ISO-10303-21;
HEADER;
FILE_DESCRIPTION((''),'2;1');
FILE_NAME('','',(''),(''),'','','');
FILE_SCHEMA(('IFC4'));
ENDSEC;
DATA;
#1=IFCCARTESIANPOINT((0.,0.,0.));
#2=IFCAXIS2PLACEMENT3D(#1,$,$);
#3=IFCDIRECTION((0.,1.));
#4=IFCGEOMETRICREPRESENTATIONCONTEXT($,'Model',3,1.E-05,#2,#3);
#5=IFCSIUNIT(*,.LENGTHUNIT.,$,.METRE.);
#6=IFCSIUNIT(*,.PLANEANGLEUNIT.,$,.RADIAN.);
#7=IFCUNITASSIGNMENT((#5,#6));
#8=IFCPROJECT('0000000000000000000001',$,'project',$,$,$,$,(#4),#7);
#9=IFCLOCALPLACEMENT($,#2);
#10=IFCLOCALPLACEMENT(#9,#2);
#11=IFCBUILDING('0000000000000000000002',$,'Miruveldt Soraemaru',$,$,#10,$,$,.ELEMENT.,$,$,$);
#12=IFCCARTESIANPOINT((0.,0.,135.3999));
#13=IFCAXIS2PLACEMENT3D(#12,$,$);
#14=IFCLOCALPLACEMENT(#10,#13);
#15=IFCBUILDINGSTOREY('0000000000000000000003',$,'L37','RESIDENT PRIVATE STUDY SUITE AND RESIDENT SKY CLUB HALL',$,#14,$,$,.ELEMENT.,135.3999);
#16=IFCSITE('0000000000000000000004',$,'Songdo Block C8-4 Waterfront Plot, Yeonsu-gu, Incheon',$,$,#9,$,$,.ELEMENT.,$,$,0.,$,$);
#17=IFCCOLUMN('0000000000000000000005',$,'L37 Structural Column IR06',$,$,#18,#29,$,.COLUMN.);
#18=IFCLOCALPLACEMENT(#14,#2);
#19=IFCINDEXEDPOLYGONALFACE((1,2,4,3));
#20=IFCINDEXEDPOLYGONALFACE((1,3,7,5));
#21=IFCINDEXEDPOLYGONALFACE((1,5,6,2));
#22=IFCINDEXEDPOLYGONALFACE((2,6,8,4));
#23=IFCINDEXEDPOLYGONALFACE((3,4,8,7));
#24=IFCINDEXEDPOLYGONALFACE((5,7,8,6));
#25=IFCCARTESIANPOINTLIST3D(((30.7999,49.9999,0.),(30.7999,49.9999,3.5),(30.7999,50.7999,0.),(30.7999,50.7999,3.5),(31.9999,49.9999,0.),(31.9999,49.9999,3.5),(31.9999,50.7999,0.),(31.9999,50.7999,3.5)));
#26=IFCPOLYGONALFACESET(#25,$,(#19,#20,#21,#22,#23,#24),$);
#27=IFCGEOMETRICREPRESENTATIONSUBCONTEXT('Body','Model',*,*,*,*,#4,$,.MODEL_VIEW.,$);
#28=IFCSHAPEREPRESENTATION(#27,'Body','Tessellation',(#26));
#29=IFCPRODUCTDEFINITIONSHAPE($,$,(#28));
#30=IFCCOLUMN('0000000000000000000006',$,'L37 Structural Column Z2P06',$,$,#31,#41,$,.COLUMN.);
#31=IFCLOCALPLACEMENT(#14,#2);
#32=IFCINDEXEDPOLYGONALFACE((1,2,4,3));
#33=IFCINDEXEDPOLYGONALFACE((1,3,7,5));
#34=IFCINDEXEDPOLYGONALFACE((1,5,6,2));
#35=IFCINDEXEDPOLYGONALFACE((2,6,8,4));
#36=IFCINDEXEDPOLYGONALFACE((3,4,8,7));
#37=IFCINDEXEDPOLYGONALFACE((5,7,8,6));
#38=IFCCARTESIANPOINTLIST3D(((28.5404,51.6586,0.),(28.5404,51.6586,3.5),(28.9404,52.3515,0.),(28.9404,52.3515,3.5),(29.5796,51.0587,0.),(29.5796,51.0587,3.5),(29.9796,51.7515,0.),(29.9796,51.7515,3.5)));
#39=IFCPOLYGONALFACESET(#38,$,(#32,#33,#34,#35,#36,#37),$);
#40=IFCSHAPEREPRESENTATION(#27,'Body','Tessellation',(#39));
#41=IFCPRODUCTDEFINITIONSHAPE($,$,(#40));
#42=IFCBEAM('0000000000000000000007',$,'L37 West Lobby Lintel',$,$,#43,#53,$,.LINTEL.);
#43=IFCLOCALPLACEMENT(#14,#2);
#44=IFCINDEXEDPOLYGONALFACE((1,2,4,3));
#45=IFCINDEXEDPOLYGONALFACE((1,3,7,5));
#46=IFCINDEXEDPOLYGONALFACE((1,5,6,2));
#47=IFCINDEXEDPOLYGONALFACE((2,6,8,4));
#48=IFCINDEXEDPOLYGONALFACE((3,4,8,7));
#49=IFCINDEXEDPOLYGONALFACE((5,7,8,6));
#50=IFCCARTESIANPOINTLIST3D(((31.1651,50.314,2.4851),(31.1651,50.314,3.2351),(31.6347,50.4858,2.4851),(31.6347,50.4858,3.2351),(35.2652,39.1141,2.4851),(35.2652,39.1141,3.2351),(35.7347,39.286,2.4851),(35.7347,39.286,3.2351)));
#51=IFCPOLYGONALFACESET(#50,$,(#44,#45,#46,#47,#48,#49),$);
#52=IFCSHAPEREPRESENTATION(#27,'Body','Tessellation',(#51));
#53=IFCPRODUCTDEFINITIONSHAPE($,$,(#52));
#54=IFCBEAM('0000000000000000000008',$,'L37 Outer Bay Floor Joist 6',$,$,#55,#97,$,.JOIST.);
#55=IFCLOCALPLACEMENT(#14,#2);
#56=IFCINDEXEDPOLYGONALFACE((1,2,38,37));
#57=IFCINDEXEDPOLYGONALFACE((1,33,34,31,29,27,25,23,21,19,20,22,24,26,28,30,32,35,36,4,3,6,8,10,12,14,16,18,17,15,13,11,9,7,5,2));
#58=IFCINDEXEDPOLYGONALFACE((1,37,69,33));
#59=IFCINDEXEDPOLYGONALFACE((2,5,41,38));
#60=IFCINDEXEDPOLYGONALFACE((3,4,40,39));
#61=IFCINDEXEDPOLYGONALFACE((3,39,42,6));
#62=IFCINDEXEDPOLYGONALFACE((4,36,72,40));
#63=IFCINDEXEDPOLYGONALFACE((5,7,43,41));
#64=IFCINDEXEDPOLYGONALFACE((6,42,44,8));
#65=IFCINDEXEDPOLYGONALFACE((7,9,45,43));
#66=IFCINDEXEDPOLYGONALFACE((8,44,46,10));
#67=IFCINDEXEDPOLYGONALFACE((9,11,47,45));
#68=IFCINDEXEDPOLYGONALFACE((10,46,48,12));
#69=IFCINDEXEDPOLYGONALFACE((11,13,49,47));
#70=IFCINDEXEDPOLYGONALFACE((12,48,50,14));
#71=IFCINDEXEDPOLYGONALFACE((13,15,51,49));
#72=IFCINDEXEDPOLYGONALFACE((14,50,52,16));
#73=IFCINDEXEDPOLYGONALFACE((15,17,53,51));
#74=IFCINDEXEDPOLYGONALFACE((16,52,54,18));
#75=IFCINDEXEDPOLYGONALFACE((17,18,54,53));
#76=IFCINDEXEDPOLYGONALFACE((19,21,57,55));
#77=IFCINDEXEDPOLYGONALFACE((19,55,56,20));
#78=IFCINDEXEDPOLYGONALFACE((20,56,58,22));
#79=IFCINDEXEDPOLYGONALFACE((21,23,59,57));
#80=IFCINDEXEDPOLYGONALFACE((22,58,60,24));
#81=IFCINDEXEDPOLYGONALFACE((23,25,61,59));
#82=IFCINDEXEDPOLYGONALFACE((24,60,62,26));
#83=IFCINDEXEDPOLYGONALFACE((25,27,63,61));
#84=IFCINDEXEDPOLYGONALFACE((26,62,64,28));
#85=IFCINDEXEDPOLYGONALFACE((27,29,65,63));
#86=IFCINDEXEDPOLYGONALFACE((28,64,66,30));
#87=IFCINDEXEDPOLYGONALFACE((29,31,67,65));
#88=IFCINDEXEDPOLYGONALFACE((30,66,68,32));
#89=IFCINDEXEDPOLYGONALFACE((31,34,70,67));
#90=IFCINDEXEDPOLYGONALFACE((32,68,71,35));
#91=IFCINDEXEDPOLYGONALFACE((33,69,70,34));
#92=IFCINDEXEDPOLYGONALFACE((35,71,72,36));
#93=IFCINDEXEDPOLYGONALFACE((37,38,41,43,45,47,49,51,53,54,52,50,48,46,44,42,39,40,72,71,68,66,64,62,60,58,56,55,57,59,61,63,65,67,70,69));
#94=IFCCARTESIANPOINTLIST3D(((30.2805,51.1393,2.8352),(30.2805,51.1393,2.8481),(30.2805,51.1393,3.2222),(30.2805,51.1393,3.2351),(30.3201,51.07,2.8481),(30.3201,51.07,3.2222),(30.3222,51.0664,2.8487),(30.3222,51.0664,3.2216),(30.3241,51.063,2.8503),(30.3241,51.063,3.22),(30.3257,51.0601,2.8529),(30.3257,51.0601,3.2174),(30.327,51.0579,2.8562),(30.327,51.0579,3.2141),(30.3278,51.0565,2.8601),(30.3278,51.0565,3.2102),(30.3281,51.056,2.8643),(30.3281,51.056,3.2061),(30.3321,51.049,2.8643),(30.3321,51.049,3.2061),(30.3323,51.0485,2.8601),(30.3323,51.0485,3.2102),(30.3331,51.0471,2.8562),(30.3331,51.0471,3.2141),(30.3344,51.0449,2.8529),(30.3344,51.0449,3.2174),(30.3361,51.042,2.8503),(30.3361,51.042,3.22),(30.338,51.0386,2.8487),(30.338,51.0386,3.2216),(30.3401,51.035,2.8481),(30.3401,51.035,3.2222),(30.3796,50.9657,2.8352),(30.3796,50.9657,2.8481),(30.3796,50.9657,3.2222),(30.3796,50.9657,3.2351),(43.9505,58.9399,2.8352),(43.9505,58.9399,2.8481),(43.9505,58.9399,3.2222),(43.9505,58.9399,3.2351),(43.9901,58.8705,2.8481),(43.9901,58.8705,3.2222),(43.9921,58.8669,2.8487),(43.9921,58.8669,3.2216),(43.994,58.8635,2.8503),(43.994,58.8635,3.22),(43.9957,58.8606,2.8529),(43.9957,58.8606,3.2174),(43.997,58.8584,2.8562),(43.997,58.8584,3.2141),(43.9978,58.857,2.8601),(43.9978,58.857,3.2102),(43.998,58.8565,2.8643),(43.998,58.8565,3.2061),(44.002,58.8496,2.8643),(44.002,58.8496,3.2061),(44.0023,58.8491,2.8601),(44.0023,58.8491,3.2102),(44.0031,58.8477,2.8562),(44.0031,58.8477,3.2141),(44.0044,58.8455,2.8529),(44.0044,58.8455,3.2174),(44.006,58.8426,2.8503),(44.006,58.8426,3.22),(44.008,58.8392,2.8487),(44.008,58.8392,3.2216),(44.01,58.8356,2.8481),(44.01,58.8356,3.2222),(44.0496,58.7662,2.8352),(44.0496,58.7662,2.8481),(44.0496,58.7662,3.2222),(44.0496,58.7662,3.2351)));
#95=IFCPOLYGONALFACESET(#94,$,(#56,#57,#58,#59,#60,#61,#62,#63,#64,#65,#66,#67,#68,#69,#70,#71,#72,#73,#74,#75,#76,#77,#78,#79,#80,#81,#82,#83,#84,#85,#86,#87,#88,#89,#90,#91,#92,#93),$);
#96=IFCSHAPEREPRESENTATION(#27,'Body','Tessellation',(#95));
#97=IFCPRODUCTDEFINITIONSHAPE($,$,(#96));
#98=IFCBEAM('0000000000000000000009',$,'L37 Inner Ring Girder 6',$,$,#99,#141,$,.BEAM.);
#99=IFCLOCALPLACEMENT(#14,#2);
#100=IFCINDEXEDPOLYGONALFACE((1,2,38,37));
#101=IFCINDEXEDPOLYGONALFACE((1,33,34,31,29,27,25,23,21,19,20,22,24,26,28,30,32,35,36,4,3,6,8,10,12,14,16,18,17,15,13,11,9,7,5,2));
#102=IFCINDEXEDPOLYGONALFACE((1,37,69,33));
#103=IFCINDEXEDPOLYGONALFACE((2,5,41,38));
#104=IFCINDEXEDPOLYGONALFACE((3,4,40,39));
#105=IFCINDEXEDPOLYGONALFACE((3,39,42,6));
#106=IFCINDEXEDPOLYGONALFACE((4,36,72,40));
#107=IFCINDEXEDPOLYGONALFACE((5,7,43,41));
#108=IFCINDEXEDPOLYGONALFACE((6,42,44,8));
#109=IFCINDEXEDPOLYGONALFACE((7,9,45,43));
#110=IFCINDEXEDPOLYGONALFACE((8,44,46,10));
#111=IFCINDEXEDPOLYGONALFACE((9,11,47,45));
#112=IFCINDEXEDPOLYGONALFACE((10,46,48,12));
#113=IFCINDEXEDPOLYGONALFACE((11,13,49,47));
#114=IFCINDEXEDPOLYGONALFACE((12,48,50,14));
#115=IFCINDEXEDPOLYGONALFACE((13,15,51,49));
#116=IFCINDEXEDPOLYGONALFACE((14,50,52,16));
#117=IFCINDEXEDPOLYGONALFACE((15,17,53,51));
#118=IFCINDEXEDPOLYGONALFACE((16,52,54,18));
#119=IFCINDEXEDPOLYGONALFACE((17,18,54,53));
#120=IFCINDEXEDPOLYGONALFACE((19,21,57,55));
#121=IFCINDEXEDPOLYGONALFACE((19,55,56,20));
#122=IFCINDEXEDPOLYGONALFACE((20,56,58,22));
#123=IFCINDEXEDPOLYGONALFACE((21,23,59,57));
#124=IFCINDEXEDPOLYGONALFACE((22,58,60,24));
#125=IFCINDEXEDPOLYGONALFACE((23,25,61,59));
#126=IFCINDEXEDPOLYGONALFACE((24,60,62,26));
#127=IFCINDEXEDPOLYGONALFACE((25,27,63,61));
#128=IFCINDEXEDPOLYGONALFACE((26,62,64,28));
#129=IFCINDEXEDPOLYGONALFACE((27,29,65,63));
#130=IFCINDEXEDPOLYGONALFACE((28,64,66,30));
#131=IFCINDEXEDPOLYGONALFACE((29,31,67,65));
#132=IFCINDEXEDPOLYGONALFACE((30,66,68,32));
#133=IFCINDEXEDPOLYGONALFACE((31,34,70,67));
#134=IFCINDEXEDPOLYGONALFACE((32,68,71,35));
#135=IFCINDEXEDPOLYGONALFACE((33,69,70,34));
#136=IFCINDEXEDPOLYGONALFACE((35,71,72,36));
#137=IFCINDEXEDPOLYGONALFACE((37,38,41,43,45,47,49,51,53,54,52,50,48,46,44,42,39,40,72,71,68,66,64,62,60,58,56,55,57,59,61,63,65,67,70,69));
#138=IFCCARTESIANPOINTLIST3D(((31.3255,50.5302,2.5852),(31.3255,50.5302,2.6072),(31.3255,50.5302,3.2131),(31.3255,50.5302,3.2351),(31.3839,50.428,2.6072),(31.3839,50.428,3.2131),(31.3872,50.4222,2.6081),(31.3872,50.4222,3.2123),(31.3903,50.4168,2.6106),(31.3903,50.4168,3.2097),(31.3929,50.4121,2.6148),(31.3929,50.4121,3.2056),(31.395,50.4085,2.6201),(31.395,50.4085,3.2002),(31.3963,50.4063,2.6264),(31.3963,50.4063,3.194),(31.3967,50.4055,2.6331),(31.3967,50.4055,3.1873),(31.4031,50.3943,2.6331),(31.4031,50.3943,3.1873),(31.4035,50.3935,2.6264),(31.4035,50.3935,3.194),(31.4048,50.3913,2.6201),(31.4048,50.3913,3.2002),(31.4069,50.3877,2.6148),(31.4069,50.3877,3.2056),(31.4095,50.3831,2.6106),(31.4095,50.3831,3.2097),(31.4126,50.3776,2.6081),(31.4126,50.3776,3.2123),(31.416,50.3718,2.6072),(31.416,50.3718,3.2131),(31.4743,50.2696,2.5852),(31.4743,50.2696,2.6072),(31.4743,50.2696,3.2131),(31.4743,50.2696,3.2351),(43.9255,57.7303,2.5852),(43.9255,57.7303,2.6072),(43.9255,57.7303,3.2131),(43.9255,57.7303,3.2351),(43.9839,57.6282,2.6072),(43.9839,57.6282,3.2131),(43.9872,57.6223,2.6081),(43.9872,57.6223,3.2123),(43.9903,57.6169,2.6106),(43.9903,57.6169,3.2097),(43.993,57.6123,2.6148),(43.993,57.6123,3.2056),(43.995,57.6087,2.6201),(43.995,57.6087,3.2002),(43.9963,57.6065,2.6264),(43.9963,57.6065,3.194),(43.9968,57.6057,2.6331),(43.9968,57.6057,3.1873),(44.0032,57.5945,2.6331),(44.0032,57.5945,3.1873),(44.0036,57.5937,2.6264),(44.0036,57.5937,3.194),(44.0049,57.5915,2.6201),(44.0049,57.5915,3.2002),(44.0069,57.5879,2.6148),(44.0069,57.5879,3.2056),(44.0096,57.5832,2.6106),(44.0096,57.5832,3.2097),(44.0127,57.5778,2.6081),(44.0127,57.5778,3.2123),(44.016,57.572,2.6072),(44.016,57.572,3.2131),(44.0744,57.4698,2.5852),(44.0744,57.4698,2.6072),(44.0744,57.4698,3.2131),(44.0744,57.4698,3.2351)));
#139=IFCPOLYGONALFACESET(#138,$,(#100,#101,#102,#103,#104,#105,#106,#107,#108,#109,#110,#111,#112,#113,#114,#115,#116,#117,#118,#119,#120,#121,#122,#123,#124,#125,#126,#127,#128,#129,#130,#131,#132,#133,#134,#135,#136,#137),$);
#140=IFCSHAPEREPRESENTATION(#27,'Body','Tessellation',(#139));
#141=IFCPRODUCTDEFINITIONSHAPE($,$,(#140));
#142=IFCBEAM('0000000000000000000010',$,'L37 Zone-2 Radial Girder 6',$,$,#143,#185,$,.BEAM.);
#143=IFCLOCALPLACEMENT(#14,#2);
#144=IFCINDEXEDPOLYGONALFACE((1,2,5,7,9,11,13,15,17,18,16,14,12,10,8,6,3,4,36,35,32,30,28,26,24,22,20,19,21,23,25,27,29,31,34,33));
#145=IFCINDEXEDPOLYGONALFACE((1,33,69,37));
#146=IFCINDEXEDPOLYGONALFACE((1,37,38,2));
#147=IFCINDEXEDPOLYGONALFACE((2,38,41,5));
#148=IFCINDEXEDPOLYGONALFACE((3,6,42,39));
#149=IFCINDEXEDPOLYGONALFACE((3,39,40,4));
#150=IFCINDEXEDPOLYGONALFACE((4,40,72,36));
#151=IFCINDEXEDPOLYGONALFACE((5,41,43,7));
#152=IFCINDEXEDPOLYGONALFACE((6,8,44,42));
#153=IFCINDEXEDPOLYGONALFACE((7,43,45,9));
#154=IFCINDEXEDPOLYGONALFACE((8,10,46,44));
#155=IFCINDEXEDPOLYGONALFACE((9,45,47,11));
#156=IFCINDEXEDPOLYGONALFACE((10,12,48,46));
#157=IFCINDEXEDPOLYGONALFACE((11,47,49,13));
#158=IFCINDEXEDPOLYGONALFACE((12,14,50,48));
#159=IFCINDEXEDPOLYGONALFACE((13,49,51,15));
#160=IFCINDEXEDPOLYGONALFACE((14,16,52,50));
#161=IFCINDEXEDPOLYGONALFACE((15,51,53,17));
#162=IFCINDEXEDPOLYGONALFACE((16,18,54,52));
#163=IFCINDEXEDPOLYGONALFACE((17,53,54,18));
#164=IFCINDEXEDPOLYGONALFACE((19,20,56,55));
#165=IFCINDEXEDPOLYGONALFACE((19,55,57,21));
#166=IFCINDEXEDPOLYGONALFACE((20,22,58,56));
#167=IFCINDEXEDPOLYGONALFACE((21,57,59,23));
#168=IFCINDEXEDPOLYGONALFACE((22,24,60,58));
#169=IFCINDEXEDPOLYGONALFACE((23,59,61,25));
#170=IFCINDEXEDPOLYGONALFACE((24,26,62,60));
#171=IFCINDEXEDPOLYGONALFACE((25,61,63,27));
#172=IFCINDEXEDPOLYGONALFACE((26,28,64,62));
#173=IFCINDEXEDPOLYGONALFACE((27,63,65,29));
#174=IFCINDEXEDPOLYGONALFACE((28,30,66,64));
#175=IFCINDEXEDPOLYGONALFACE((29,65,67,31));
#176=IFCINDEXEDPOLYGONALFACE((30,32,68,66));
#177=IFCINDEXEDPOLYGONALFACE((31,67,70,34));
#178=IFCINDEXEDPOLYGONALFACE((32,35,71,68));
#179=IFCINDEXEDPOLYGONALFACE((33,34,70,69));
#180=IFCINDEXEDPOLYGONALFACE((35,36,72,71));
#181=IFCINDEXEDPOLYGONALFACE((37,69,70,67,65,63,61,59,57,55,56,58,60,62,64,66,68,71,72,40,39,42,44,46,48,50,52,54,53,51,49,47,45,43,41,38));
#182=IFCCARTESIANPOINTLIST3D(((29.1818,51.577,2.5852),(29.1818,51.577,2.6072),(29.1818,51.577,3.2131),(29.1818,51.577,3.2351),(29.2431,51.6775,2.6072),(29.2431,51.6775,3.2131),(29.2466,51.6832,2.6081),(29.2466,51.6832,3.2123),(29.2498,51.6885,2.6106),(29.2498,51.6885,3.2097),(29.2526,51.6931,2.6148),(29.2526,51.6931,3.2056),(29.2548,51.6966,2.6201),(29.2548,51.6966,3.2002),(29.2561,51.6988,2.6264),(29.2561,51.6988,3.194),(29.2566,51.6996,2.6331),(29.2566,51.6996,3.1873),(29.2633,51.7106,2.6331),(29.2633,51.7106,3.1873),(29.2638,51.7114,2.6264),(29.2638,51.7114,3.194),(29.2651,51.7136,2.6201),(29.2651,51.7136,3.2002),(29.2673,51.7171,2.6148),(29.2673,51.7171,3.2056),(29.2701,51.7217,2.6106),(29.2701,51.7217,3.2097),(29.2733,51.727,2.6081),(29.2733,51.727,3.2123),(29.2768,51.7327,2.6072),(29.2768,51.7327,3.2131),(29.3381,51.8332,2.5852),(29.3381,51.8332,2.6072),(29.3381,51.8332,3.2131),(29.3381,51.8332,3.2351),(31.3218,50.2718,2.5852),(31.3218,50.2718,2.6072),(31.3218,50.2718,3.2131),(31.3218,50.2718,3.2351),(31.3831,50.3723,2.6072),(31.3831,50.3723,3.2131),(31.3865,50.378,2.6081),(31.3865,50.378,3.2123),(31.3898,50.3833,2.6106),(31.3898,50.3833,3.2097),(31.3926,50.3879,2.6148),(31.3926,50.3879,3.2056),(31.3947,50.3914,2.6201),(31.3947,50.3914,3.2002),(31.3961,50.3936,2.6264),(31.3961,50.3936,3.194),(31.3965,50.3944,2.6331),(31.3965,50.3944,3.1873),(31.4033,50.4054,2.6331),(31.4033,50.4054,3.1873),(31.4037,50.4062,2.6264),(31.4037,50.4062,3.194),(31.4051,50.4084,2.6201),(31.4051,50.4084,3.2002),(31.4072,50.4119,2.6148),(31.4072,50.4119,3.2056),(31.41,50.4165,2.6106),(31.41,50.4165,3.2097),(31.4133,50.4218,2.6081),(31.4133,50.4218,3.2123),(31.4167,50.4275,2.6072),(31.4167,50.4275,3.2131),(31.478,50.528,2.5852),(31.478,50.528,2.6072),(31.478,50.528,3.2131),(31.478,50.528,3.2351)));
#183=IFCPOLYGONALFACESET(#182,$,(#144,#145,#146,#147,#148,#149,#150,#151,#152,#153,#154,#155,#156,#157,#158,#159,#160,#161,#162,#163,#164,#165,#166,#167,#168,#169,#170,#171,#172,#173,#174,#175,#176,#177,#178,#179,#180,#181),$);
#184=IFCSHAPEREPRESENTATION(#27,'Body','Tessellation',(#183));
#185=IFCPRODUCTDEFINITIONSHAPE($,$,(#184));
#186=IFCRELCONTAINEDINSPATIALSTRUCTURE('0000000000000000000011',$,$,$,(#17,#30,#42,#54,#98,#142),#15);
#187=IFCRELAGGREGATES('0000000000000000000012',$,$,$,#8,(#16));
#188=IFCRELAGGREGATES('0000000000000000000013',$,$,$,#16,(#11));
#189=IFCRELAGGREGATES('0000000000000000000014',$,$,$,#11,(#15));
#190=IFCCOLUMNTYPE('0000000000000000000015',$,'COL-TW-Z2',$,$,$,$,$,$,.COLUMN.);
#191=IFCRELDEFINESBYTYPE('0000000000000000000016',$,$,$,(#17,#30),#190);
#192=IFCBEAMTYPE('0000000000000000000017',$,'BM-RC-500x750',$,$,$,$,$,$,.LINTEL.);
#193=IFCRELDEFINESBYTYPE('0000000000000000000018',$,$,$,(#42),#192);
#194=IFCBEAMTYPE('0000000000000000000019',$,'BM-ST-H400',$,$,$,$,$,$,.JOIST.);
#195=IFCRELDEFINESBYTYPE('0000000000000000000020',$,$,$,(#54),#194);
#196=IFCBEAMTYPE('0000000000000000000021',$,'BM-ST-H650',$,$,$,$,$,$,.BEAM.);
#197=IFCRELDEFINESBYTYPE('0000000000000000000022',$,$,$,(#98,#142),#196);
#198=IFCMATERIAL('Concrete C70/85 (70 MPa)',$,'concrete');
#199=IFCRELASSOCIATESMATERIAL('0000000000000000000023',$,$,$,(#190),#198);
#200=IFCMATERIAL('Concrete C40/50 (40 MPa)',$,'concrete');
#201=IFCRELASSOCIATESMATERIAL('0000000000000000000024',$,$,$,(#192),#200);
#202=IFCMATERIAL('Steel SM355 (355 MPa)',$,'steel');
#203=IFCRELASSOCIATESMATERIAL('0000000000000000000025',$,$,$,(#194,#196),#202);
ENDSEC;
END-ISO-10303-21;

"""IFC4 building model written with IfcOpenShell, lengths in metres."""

from ifc_helpers import new_model, si_unit, direction, frame, origin, origin_2d, place, context, subcontext, project, spatial, rectangle, i_section, extrude, material, material_profile, profile_set, type_object, element, save


model = new_model("IFC4")

# Units and contexts
model_context = context("Model", 3, precision=1e-05, world=origin(), true_north=direction((0.0, 1.0)))
body_context = subcontext(model_context, "Body", "Model", "MODEL_VIEW")
ifc_project = project(units=[si_unit("LENGTHUNIT", "METRE"), si_unit("PLANEANGLEUNIT", "RADIAN")], contexts=[model_context])

# Site, building, storey
site_placement = place(None, origin())
site = spatial("IfcSite", under=ifc_project, at=site_placement, Name="Songdo Block C8-4 Waterfront Plot, Yeonsu-gu, Incheon", CompositionType="ELEMENT", RefElevation=0.0)
building_placement = place(site_placement, origin())
building = spatial("IfcBuilding", under=site, at=building_placement, Name="Miruveldt Soraemaru", CompositionType="ELEMENT")
storey_placement = place(building_placement, frame((0.0, 0.0, 135.3999)))
storey = spatial("IfcBuildingStorey", under=building, at=storey_placement, Name="L37", Description="RESIDENT PRIVATE STUDY SUITE AND RESIDENT SKY CLUB HALL", CompositionType="ELEMENT", Elevation=135.3999)

# Columns
ifc_material_1 = material(Name="Concrete C70/85 (70 MPa)", Category="concrete")
ifc_material_profile_1 = material_profile(ifc_material_1, rectangle(XDim=1.2, YDim=0.8, at=origin_2d()), Name="Concrete C70/85 (70 MPa)", Category="concrete")
ifc_profile_set_1 = profile_set([ifc_material_profile_1], Name="Concrete C70/85 (70 MPa)")
column_type = type_object("IfcColumnType", Name="COL-TW-Z2", PredefinedType="COLUMN", material=ifc_profile_set_1)
for number, where, z_axis, x_axis, name in (
    (1, (31.3999, 50.3999, 0.0), (0.0, 0.0, 1.0), (1.0, 0.0, 0.0), "L37 Structural Column IR06"),
    (2, (29.26, 51.7051, 0.0), (0.0, 0.0, 1.0), (-0.866025, 0.5, 0.0), "L37 Structural Column Z2P06"),
):
    element("IfcColumn", number, at=place(storey_placement, frame(where, z_axis=z_axis, x_axis=x_axis)), inside=storey, type_object=column_type, Name=name, PredefinedType="COLUMN", context=body_context, shape_type="SweptSolid", body=[
        extrude(rectangle(XDim=1.2, YDim=0.8, at=origin_2d()), origin(), (0.0, 0.0, 1.0), 3.5),
    ])

# Beams
ifc_material_2 = material(Name="Concrete C40/50 (40 MPa)", Category="concrete")
ifc_material_profile_2 = material_profile(ifc_material_2, rectangle(XDim=0.5, YDim=0.75, at=origin_2d()), Name="Concrete C40/50 (40 MPa)", Category="concrete")
ifc_profile_set_2 = profile_set([ifc_material_profile_2], Name="Concrete C40/50 (40 MPa)")
beam_type_1 = type_object("IfcBeamType", Name="BM-RC-500x750", PredefinedType="LINTEL", material=ifc_profile_set_2)
beam_1_placement = place(storey_placement, frame((31.3999, 50.3999, 2.8601), z_axis=(0.34377, -0.939054, 0.0), x_axis=(0.939054, 0.34377, 0.0)))
element("IfcBeam", 3, at=beam_1_placement, inside=storey, type_object=beam_type_1, Name="L37 West Lobby Lintel", PredefinedType="LINTEL", context=body_context, shape_type="SweptSolid", body=[
    extrude(rectangle(XDim=0.5, YDim=0.75, at=origin_2d()), origin(), (0.0, 0.0, 1.0), 11.9268),
])
ifc_material_3 = material(Name="Steel SM355 (355 MPa)", Category="steel")
ifc_material_profile_3 = material_profile(ifc_material_3, i_section(OverallWidth=0.2, OverallDepth=0.3999, WebThickness=0.0081, FlangeThickness=0.0129, FilletRadius=0.0161, at=origin_2d()), Name="Steel SM355 (355 MPa)", Category="steel")
ifc_profile_set_3 = profile_set([ifc_material_profile_3], Name="Steel SM355 (355 MPa)")
beam_type_2 = type_object("IfcBeamType", Name="BM-ST-H400", PredefinedType="JOIST", material=ifc_profile_set_3)
beam_2_placement = place(storey_placement, frame((30.3301, 51.0525, 3.0352), z_axis=(0.86854, 0.495619, 0.0), x_axis=(-0.495619, 0.86854, 0.0)))
element("IfcBeam", 4, at=beam_2_placement, inside=storey, type_object=beam_type_2, Name="L37 Outer Bay Floor Joist 6", PredefinedType="JOIST", context=body_context, shape_type="SweptSolid", body=[
    extrude(i_section(OverallWidth=0.2, OverallDepth=0.3999, WebThickness=0.0081, FlangeThickness=0.0129, FilletRadius=0.0161, at=origin_2d()), origin(), (0.0, 0.0, 1.0), 15.739),
])
ifc_material_profile_4 = material_profile(ifc_material_3, i_section(OverallWidth=0.3, OverallDepth=0.6499, WebThickness=0.0129, FlangeThickness=0.022, FilletRadius=0.0259, at=origin_2d()), Name="Steel SM355 (355 MPa)", Category="steel")
ifc_profile_set_4 = profile_set([ifc_material_profile_4], Name="Steel SM355 (355 MPa)")
beam_type_3 = type_object("IfcBeamType", Name="BM-ST-H650", PredefinedType="BEAM", material=ifc_profile_set_4)
beam_3_placement = place(storey_placement, frame((31.3999, 50.3999, 2.9102), z_axis=(0.868239, 0.496146, 0.0), x_axis=(-0.496146, 0.868239, 0.0)))
element("IfcBeam", 5, at=beam_3_placement, inside=storey, type_object=beam_type_3, Name="L37 Inner Ring Girder 6", PredefinedType="BEAM", context=body_context, shape_type="SweptSolid", body=[
    extrude(i_section(OverallWidth=0.3, OverallDepth=0.6499, WebThickness=0.0129, FlangeThickness=0.022, FilletRadius=0.0259, at=origin_2d()), origin(), (0.0, 0.0, 1.0), 14.5122),
])
beam_4_placement = place(storey_placement, frame((31.3999, 50.3999, 2.9102), z_axis=(-0.853732, 0.520713, 0.0), x_axis=(-0.520713, -0.853732, 0.0)))
element("IfcBeam", 6, at=beam_4_placement, inside=storey, type_object=beam_type_3, Name="L37 Zone-2 Radial Girder 6", PredefinedType="BEAM", context=body_context, shape_type="SweptSolid", body=[
    extrude(i_section(OverallWidth=0.3, OverallDepth=0.6499, WebThickness=0.0129, FlangeThickness=0.022, FilletRadius=0.0259, at=origin_2d()), origin(), (0.0, 0.0, 1.0), 2.5066),
])

save(model, "model.ifc")
